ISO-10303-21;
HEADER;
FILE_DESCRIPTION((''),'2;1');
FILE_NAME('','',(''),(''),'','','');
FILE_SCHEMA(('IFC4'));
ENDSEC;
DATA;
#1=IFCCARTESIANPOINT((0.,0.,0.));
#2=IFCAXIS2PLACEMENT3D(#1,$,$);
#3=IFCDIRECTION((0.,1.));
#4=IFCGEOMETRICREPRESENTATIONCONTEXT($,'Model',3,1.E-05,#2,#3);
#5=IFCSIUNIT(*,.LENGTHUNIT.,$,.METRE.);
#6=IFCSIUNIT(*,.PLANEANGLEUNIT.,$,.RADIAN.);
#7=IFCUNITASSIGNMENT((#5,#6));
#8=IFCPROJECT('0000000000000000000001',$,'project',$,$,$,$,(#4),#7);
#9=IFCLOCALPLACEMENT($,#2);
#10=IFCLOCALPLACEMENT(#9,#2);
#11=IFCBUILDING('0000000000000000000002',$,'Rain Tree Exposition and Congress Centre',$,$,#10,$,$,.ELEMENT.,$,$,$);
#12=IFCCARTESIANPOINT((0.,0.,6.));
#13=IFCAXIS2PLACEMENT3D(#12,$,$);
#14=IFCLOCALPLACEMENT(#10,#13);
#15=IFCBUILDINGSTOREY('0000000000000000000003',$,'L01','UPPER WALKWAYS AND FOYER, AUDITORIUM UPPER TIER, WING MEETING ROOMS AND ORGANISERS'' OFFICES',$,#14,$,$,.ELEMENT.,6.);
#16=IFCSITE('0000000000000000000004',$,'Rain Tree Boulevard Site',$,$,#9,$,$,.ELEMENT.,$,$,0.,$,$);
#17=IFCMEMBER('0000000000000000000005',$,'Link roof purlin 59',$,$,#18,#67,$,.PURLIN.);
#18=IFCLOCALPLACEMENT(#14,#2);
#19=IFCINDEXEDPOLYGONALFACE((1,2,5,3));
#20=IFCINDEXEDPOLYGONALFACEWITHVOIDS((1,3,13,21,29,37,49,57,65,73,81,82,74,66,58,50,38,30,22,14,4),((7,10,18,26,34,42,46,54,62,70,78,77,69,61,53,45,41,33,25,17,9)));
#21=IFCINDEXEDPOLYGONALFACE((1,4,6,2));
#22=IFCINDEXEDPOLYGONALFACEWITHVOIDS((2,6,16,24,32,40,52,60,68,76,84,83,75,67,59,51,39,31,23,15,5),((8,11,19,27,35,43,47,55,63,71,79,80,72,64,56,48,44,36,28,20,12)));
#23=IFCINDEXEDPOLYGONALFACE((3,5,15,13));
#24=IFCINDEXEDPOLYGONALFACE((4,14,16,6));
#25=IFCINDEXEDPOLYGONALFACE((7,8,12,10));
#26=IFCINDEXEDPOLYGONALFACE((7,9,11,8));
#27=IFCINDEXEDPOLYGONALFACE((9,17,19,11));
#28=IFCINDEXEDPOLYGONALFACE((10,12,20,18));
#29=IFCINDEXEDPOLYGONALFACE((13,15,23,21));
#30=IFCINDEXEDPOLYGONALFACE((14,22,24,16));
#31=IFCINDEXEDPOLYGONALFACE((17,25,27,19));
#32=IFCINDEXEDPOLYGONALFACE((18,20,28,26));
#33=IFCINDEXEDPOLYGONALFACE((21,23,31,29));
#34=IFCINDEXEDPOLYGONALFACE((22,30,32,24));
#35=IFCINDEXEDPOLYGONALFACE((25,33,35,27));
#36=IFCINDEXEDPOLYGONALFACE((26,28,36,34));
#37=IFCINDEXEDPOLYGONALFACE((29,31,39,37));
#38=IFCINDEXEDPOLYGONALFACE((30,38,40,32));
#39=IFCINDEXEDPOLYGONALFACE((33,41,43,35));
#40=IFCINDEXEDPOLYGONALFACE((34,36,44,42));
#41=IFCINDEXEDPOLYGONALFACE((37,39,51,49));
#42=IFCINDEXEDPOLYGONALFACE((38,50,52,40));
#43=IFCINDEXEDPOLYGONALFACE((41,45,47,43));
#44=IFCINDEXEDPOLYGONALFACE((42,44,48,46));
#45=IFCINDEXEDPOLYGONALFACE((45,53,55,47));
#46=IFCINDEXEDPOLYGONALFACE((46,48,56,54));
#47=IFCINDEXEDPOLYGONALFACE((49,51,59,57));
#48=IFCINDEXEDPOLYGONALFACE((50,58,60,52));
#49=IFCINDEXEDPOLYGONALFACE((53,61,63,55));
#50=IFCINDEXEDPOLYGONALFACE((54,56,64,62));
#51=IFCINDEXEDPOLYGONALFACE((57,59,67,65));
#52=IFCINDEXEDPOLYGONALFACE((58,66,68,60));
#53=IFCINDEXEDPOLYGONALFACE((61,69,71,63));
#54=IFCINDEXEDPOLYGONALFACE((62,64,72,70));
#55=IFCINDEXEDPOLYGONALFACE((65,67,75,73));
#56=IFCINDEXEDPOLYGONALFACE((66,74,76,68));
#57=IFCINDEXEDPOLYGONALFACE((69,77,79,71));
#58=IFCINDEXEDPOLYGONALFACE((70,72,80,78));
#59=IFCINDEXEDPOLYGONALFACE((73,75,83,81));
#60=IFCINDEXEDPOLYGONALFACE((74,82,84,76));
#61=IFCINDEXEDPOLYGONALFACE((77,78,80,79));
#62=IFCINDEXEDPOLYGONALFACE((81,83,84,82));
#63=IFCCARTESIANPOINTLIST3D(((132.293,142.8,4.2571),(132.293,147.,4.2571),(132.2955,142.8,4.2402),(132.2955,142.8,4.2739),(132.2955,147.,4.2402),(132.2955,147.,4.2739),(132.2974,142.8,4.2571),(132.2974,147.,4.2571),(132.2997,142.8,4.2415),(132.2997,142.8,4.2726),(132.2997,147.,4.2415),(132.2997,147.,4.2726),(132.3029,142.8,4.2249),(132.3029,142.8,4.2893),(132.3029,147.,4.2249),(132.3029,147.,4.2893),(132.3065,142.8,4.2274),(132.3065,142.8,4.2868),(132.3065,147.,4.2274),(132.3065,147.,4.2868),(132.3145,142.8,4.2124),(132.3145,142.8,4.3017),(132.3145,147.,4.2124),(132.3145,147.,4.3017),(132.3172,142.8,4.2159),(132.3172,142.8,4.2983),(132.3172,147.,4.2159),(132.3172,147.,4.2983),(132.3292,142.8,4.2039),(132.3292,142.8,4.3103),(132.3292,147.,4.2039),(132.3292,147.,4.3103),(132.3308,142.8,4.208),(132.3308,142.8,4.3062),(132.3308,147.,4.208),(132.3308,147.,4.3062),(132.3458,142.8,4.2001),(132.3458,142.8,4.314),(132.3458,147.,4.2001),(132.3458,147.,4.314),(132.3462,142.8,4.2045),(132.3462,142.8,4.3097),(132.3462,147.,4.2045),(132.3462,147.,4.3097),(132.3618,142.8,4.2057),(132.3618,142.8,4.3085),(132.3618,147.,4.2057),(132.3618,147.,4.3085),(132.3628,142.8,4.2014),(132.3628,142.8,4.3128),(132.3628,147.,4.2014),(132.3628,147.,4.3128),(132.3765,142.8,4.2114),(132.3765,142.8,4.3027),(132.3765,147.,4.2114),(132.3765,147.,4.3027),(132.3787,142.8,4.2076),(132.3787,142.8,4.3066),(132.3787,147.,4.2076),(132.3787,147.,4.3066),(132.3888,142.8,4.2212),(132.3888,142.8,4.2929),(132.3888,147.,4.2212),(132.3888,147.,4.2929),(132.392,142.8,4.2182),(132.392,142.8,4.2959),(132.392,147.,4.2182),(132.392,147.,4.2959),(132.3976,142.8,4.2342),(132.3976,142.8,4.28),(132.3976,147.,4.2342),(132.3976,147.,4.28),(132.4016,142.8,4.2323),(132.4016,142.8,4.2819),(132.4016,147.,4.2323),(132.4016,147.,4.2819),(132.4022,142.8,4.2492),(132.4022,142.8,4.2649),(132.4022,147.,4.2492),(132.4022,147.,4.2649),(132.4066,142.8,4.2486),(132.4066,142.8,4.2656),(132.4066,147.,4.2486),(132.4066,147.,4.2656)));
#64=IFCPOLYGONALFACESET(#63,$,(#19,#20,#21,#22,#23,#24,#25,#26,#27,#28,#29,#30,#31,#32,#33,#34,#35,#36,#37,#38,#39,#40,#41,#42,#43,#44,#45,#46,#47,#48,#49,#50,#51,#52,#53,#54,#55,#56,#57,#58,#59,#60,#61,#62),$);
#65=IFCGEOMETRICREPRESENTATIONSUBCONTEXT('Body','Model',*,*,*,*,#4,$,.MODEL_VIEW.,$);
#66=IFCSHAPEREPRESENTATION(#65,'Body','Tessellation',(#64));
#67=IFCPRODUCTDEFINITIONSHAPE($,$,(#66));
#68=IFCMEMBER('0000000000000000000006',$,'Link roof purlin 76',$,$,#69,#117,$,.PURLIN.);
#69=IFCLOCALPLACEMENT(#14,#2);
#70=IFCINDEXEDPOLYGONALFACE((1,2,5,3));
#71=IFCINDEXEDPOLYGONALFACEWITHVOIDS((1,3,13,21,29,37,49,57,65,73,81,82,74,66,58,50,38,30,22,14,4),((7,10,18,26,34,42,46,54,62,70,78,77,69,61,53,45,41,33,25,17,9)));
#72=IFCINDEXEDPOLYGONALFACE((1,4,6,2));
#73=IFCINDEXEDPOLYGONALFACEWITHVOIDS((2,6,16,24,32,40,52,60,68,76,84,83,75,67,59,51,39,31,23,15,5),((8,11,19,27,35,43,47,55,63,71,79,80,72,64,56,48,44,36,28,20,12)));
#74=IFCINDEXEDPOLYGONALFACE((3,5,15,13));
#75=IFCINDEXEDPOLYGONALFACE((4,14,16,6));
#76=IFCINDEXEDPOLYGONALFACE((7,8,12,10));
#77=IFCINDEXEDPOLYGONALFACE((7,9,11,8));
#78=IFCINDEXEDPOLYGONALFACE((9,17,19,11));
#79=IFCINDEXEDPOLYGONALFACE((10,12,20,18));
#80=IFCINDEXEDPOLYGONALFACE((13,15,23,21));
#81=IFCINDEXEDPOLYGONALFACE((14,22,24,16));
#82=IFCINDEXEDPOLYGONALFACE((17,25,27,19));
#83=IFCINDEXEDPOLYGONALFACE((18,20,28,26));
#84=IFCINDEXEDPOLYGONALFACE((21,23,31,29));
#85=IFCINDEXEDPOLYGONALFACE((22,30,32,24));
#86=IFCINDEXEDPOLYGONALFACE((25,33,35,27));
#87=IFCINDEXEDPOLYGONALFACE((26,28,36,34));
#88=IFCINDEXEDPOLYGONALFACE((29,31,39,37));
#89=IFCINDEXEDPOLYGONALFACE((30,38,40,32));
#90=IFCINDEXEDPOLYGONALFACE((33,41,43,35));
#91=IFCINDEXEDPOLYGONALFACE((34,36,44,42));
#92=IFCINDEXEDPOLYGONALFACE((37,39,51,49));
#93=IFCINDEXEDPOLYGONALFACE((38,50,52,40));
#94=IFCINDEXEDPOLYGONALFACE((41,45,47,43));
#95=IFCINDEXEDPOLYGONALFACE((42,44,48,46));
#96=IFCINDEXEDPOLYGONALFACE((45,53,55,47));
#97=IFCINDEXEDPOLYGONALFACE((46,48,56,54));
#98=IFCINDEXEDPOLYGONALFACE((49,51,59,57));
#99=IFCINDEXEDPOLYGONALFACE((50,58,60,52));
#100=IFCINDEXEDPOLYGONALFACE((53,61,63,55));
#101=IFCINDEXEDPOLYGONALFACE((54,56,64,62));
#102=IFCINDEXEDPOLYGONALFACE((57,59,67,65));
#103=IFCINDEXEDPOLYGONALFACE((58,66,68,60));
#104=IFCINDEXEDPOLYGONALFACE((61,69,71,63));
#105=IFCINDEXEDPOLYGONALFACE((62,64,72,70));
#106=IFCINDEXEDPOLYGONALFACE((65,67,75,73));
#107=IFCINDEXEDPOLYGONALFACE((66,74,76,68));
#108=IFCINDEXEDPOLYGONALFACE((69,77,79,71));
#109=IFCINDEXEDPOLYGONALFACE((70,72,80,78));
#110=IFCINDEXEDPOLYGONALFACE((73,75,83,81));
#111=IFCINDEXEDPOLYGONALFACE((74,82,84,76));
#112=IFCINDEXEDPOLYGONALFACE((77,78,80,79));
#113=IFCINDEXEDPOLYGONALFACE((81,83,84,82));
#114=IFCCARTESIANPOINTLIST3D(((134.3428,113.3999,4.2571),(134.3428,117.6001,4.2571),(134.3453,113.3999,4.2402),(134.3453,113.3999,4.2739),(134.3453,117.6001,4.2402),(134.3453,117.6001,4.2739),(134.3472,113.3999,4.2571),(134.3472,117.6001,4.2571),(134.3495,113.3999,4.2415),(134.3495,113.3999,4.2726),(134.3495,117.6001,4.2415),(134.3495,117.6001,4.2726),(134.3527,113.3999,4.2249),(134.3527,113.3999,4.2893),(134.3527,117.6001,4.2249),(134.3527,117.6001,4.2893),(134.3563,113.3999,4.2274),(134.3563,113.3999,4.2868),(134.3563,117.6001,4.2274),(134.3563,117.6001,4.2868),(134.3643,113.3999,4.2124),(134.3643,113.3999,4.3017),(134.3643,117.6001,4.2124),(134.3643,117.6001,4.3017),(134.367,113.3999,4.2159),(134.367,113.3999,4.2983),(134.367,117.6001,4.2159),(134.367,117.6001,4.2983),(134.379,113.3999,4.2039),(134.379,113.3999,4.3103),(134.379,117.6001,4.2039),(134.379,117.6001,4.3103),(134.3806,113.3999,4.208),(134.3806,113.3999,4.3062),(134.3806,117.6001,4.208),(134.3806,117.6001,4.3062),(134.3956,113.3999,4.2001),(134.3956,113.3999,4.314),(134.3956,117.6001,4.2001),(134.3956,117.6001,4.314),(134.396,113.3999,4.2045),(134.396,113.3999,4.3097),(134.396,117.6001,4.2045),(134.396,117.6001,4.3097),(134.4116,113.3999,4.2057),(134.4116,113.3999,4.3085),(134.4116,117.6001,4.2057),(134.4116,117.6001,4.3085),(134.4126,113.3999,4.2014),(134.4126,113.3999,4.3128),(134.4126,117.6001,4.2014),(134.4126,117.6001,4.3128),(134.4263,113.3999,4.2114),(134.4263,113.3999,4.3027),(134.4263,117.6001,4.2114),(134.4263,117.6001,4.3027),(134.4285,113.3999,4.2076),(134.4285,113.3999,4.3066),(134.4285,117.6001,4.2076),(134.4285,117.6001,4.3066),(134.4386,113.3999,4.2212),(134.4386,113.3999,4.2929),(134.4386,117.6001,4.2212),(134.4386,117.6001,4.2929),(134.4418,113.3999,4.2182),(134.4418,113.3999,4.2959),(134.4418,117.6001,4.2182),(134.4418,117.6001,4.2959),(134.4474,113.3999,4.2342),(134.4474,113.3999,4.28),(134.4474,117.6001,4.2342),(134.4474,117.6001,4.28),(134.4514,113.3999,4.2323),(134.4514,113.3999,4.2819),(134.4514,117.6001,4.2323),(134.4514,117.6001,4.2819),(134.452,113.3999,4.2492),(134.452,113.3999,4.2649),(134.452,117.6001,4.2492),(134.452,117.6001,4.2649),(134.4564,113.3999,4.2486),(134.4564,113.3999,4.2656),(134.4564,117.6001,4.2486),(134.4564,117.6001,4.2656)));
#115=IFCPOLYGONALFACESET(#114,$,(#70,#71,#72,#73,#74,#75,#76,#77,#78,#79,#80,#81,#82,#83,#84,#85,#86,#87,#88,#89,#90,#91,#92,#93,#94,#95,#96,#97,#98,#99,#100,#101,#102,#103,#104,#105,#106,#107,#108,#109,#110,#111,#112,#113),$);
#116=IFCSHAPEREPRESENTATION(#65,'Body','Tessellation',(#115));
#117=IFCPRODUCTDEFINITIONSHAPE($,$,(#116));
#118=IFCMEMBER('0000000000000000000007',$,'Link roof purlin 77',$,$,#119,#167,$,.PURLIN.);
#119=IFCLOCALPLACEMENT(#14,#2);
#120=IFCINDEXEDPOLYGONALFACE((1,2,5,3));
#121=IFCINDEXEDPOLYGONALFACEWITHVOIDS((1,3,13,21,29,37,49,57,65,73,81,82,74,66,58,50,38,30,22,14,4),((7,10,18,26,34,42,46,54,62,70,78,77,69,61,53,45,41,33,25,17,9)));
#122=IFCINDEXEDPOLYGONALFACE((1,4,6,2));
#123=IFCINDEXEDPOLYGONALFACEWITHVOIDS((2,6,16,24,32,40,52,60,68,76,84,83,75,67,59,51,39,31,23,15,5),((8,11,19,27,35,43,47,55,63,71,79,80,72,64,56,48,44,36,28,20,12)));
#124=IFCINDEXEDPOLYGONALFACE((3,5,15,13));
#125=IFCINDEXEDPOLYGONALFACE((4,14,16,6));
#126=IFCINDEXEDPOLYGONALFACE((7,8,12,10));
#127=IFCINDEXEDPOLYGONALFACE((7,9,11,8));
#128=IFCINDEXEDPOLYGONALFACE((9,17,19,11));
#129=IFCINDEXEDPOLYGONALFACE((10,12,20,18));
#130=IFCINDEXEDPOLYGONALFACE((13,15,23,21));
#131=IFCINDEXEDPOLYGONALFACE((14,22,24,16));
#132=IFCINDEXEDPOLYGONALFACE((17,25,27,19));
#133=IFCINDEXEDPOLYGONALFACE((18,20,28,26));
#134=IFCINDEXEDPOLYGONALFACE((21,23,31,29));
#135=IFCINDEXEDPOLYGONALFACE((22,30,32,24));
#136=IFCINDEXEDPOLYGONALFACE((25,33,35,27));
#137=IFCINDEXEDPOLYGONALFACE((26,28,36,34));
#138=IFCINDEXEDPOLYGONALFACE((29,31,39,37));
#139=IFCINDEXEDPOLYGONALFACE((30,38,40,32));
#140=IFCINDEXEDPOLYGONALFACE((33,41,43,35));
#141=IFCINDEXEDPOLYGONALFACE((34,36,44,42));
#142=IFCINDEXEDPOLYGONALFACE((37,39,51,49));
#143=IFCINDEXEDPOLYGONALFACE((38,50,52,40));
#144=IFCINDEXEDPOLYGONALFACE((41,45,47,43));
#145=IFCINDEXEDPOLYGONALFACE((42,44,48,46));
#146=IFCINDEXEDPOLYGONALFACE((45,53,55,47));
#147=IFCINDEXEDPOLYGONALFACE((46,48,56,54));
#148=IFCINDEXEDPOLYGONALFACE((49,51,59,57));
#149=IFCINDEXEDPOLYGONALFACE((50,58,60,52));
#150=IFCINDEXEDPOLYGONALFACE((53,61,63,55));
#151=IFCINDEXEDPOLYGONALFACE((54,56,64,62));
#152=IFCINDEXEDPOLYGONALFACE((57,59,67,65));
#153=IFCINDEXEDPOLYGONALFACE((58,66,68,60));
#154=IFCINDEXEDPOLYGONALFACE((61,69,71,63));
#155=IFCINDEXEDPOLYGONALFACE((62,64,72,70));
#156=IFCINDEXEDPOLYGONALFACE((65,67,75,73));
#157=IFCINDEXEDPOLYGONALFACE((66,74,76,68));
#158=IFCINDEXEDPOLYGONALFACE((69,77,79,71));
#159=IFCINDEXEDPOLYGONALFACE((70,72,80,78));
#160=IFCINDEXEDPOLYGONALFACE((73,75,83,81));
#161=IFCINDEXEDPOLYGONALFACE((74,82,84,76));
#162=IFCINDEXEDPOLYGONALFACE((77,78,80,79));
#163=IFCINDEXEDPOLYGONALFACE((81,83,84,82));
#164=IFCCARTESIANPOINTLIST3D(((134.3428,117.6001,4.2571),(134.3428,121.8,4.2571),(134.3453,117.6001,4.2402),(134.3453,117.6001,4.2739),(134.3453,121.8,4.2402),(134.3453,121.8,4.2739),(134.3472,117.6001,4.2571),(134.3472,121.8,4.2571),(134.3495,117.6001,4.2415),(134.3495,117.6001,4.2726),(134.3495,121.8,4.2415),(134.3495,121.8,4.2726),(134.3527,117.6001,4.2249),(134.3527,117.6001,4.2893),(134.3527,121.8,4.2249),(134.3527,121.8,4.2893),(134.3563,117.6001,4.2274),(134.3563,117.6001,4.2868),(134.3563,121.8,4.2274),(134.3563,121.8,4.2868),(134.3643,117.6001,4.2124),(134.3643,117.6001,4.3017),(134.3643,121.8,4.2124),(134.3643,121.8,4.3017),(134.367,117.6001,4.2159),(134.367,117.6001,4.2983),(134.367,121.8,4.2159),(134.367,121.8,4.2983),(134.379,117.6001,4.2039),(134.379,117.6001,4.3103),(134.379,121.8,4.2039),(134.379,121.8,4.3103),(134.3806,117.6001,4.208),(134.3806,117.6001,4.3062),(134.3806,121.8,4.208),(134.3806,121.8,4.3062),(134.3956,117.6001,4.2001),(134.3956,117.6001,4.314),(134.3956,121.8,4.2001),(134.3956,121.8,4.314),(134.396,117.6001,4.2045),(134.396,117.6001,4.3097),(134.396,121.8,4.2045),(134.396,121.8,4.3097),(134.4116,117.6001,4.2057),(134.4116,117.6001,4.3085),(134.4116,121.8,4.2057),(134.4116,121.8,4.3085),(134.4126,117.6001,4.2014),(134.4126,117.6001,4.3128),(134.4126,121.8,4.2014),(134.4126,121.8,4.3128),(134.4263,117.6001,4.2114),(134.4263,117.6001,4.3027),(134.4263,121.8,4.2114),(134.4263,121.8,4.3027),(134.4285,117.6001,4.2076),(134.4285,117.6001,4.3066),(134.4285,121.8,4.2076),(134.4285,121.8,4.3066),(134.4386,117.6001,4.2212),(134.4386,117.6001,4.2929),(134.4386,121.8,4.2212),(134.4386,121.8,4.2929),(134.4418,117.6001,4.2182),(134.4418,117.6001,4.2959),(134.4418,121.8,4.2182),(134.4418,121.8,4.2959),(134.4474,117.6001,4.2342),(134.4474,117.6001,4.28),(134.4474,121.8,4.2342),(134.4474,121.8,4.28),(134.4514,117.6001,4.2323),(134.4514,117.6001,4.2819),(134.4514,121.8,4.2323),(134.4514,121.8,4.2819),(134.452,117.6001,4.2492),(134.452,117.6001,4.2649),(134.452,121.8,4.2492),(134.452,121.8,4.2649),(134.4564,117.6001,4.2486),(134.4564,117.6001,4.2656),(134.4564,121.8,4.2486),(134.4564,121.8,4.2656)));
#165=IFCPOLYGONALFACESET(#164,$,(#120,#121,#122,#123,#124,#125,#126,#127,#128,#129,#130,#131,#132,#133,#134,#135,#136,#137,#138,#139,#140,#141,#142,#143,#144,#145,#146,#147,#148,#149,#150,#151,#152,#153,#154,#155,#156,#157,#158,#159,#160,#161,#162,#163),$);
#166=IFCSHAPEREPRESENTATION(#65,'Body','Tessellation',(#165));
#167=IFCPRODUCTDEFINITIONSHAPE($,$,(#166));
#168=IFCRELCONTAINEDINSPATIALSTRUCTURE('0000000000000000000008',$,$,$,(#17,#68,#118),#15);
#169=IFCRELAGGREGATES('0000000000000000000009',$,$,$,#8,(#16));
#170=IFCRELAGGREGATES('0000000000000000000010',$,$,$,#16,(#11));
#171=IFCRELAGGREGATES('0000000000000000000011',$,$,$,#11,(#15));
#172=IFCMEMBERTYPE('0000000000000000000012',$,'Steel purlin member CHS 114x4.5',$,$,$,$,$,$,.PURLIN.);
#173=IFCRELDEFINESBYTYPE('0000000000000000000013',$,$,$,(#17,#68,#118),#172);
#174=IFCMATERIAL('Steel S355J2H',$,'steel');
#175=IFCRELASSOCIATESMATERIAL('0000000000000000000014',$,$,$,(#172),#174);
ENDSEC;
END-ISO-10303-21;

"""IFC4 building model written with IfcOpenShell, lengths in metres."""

from ifc_helpers import new_model, si_unit, direction, frame, origin, origin_2d, place, context, subcontext, project, spatial, hollow_circle, extrude, material, material_profile, profile_set, type_object, element, save


model = new_model("IFC4")

# Units and contexts
model_context = context("Model", 3, precision=1e-05, world=origin(), true_north=direction((0.0, 1.0)))
body_context = subcontext(model_context, "Body", "Model", "MODEL_VIEW")
ifc_project = project(units=[si_unit("LENGTHUNIT", "METRE"), si_unit("PLANEANGLEUNIT", "RADIAN")], contexts=[model_context])

# Site, building, storey
site_placement = place(None, origin())
site = spatial("IfcSite", under=ifc_project, at=site_placement, Name="Rain Tree Boulevard Site", CompositionType="ELEMENT", RefElevation=0.0)
building_placement = place(site_placement, origin())
building = spatial("IfcBuilding", under=site, at=building_placement, Name="Rain Tree Exposition and Congress Centre", CompositionType="ELEMENT")
storey_placement = place(building_placement, frame((0.0, 0.0, 6.0)))
storey = spatial("IfcBuildingStorey", under=building, at=storey_placement, Name="L01", Description="UPPER WALKWAYS AND FOYER, AUDITORIUM UPPER TIER, WING MEETING ROOMS AND ORGANISERS' OFFICES", CompositionType="ELEMENT", Elevation=6.0)

# Members
ifc_material_1 = material(Name="Steel S355J2H", Category="steel")
ifc_material_profile_1 = material_profile(ifc_material_1, hollow_circle(Radius=0.0571, WallThickness=0.0044, at=origin_2d()), Name="CHS 114x4.5")
ifc_profile_set_1 = profile_set([ifc_material_profile_1], Name="Steel S355J2H")
member_type = type_object("IfcMemberType", Name="Steel purlin member CHS 114x4.5", PredefinedType="PURLIN", material=ifc_profile_set_1)
for number, where, z_axis, x_axis, name in (
    (1, (132.3501, 142.8, 4.2571), (0.0, 1.0, 0.0), (-1.0, 0.0, 0.0), "Link roof purlin 59"),
):
    element("IfcMember", number, at=place(storey_placement, frame(where, z_axis=z_axis, x_axis=x_axis)), inside=storey, type_object=member_type, Name=name, PredefinedType="PURLIN", context=body_context, shape_type="SweptSolid", body=[
        extrude(hollow_circle(Radius=0.0571, WallThickness=0.0044, at=origin_2d()), origin(), (0.0, 0.0, 1.0), 4.2),
    ])
member_1_placement = place(storey_placement, frame((134.3999, 113.3999, 4.2571), z_axis=(0.0, 1.0, 0.0), x_axis=(-1.0, 0.0, 0.0)))
element("IfcMember", 2, at=member_1_placement, inside=storey, type_object=member_type, Name="Link roof purlin 76", PredefinedType="PURLIN", context=body_context, shape_type="SweptSolid", body=[
    extrude(hollow_circle(Radius=0.0571, WallThickness=0.0044, at=origin_2d()), origin(), (0.0, 0.0, 1.0), 4.2002),
])
for number, where, z_axis, x_axis, name in (
    (3, (134.3999, 117.6001, 4.2571), (0.0, 1.0, 0.0), (-1.0, 0.0, 0.0), "Link roof purlin 77"),
):
    element("IfcMember", number, at=place(storey_placement, frame(where, z_axis=z_axis, x_axis=x_axis)), inside=storey, type_object=member_type, Name=name, PredefinedType="PURLIN", context=body_context, shape_type="SweptSolid", body=[
        extrude(hollow_circle(Radius=0.0571, WallThickness=0.0044, at=origin_2d()), origin(), (0.0, 0.0, 1.0), 4.2),
    ])

save(model, "model.ifc")
